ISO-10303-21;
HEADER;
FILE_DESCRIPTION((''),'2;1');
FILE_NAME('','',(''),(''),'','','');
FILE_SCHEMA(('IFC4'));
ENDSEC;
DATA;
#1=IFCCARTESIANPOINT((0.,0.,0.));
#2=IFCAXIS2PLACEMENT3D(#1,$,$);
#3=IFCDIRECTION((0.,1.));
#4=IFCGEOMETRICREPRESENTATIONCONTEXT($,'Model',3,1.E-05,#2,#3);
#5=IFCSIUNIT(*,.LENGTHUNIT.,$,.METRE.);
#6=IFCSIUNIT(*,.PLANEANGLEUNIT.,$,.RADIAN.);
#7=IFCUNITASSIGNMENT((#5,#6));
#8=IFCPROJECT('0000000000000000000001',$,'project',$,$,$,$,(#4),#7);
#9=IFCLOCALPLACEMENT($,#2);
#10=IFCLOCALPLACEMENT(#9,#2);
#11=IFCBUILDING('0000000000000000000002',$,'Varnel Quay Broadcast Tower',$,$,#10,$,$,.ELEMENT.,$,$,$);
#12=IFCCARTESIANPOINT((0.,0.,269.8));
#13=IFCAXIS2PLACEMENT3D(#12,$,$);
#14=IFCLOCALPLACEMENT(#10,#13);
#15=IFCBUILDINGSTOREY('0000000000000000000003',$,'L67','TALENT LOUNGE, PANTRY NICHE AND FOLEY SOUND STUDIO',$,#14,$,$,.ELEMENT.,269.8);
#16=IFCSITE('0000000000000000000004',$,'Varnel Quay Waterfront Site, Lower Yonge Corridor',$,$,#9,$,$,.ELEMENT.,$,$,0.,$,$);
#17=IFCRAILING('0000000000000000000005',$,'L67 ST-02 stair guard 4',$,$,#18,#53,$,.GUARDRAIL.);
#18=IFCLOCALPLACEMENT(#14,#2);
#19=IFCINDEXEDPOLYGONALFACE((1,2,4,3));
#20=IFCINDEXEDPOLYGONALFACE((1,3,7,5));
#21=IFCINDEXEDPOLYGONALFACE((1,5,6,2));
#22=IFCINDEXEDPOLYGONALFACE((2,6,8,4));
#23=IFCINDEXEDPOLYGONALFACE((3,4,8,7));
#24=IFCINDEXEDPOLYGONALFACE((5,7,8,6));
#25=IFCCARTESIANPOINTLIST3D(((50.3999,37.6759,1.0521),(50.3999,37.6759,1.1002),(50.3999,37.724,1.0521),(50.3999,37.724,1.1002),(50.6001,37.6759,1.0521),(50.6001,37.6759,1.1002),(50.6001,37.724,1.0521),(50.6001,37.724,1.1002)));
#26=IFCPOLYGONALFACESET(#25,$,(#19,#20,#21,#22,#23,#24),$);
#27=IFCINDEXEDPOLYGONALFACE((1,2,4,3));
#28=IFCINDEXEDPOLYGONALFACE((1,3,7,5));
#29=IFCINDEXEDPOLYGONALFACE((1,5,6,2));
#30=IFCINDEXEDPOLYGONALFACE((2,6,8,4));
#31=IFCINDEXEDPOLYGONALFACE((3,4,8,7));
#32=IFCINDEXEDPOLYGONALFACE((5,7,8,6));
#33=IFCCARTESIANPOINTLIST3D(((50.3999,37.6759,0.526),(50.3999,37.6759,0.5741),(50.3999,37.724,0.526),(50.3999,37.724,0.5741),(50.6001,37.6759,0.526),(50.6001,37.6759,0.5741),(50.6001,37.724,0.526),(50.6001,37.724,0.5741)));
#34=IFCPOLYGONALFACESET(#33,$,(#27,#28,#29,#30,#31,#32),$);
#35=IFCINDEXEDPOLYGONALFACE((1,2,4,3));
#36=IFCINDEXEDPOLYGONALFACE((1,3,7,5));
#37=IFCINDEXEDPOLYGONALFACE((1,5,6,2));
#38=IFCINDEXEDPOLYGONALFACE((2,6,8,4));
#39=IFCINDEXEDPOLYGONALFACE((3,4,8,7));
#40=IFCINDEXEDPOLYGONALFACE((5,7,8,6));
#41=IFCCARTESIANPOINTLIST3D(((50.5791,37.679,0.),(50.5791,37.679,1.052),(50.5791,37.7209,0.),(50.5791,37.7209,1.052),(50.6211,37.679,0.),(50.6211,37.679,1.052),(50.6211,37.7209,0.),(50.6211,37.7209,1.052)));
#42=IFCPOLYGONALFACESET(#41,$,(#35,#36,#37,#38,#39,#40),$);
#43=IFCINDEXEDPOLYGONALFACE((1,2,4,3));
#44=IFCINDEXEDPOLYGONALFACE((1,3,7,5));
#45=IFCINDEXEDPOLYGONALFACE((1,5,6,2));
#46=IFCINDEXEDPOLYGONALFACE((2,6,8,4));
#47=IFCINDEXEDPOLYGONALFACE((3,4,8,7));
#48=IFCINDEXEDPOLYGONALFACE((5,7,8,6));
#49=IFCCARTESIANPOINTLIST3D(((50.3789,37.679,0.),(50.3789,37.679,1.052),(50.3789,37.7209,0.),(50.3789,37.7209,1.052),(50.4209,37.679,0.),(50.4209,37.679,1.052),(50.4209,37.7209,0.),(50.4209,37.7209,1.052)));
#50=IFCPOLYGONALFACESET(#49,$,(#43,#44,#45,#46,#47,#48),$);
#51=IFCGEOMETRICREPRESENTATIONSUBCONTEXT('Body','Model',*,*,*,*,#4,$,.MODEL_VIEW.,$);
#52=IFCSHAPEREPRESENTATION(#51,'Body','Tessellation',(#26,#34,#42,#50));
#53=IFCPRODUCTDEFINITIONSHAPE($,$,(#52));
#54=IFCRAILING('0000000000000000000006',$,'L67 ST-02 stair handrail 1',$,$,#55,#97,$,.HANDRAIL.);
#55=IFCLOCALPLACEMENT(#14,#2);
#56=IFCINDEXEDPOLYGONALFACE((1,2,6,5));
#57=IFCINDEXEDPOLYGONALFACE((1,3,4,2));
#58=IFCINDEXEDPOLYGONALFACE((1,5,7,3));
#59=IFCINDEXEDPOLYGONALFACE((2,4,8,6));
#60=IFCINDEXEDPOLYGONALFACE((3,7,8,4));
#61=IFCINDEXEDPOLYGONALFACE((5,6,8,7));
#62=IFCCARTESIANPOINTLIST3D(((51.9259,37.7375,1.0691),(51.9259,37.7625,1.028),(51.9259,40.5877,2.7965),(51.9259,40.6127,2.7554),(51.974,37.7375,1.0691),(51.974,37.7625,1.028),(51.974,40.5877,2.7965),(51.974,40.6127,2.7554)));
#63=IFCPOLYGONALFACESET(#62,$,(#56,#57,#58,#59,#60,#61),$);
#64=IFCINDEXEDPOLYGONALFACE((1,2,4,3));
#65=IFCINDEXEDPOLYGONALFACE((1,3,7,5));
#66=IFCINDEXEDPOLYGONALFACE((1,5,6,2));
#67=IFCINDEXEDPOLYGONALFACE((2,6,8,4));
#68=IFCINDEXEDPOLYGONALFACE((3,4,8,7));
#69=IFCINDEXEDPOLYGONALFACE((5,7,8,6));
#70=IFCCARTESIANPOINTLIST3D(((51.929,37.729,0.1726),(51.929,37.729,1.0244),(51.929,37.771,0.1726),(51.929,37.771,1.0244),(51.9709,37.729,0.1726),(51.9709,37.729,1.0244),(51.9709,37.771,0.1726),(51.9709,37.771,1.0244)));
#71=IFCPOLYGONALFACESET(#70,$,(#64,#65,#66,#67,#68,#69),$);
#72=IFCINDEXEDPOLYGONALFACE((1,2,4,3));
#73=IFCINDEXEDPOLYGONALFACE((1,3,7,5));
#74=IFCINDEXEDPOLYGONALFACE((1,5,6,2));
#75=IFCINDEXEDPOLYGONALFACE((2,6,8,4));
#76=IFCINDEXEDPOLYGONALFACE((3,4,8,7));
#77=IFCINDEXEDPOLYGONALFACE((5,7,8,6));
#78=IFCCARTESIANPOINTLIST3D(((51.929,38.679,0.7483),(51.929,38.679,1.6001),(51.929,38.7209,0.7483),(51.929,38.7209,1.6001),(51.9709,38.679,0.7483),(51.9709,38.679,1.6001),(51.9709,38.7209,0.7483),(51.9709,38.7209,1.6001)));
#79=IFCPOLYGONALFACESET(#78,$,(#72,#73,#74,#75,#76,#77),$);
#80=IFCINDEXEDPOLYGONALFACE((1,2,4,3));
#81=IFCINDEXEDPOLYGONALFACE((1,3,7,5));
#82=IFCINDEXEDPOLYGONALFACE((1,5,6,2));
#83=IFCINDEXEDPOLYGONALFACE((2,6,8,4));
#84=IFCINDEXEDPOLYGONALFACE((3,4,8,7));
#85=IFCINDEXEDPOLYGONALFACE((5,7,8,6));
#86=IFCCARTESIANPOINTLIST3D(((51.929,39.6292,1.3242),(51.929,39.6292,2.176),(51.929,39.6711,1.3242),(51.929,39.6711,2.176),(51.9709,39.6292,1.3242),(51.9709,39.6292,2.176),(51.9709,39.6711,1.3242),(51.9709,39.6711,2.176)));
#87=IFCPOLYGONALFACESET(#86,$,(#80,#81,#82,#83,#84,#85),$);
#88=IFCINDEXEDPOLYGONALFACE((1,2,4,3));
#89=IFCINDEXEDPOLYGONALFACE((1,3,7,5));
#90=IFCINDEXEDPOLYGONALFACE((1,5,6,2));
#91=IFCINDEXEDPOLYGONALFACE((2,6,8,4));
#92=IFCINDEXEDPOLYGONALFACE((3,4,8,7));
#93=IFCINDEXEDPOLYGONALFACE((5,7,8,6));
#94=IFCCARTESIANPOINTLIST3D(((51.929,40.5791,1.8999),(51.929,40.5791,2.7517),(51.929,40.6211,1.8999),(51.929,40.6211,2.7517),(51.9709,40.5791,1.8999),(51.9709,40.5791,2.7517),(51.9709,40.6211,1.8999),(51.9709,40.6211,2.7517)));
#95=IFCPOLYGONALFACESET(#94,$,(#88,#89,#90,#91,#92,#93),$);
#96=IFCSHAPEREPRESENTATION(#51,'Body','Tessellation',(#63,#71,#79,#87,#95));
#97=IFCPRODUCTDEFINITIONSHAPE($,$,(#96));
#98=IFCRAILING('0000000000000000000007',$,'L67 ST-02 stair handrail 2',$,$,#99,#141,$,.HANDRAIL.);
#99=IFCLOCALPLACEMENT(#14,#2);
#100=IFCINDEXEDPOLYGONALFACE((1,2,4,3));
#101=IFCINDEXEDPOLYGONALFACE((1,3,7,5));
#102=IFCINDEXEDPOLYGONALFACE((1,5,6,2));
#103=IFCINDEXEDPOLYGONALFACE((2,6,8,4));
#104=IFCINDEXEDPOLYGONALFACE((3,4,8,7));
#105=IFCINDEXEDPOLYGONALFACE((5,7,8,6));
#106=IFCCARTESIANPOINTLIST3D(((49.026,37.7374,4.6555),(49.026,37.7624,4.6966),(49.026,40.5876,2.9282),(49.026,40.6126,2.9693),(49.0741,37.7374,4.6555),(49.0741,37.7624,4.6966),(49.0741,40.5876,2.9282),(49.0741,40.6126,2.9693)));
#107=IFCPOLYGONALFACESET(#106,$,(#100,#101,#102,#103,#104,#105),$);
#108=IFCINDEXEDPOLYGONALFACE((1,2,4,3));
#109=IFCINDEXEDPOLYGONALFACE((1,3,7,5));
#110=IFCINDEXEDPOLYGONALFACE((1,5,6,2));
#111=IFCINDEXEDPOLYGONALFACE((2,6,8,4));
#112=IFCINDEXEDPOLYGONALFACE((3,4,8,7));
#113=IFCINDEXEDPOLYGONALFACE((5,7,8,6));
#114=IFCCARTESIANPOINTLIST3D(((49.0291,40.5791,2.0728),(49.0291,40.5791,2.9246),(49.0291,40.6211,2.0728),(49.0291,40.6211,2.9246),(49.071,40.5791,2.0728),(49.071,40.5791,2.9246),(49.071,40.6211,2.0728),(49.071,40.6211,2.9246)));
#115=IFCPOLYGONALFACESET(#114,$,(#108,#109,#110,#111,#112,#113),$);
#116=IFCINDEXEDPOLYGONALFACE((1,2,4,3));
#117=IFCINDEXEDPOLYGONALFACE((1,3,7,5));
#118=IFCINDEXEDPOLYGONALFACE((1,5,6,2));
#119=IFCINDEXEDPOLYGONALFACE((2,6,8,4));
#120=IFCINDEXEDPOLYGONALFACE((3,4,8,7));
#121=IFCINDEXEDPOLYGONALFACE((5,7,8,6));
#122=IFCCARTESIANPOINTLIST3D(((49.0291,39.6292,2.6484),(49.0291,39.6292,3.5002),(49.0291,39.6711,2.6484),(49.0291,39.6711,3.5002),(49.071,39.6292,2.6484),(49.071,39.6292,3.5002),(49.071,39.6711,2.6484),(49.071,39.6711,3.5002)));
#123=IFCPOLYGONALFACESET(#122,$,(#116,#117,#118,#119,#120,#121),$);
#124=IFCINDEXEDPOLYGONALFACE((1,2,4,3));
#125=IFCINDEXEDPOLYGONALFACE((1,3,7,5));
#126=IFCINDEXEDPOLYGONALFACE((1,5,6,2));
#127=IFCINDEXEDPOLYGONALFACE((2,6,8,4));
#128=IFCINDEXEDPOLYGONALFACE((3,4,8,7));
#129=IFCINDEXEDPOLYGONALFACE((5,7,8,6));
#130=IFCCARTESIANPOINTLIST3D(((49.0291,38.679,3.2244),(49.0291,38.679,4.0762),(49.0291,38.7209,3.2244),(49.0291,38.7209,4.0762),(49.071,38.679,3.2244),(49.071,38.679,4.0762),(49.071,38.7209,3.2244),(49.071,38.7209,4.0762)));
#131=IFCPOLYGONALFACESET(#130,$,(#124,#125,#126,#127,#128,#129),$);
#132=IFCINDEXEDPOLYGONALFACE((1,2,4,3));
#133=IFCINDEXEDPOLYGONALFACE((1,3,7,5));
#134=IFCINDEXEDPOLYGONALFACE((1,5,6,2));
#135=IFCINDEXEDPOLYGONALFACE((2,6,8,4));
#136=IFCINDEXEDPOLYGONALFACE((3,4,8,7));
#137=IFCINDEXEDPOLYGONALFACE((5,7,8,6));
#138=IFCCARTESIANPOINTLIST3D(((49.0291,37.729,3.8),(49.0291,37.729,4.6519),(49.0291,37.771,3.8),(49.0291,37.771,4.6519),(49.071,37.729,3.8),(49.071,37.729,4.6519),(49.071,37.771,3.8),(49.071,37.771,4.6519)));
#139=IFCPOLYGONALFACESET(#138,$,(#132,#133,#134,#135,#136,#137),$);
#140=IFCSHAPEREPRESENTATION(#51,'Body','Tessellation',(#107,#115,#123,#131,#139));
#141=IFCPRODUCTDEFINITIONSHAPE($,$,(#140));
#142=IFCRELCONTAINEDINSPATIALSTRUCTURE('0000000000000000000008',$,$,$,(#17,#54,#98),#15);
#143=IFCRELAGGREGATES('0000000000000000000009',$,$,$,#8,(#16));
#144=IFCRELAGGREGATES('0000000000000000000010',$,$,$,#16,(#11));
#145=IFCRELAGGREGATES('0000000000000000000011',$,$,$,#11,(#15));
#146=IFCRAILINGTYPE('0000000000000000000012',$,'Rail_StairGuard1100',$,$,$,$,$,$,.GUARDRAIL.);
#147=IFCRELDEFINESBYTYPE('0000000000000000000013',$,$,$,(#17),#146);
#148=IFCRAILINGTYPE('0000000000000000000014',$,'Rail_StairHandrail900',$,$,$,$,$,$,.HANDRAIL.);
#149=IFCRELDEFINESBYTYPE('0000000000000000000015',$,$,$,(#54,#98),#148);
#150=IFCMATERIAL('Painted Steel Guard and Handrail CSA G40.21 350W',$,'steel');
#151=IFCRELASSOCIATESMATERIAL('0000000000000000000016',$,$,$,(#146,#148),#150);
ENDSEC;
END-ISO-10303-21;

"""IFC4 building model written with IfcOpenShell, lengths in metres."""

from ifc_helpers import new_model, si_unit, direction, frame, origin, origin_2d, place, context, subcontext, project, spatial, rectangle, extrude, material, type_object, element, save


model = new_model("IFC4")

# Units and contexts
model_context = context("Model", 3, precision=1e-05, world=origin(), true_north=direction((0.0, 1.0)))
body_context = subcontext(model_context, "Body", "Model", "MODEL_VIEW")
ifc_project = project(units=[si_unit("LENGTHUNIT", "METRE"), si_unit("PLANEANGLEUNIT", "RADIAN")], contexts=[model_context])

# Site, building, storey
site_placement = place(None, origin())
site = spatial("IfcSite", under=ifc_project, at=site_placement, Name="Varnel Quay Waterfront Site, Lower Yonge Corridor", CompositionType="ELEMENT", RefElevation=0.0)
building_placement = place(site_placement, origin())
building = spatial("IfcBuilding", under=site, at=building_placement, Name="Varnel Quay Broadcast Tower", CompositionType="ELEMENT")
storey_placement = place(building_placement, frame((0.0, 0.0, 269.8)))
storey = spatial("IfcBuildingStorey", under=building, at=storey_placement, Name="L67", Description="TALENT LOUNGE, PANTRY NICHE AND FOLEY SOUND STUDIO", CompositionType="ELEMENT", Elevation=269.8)

# Railings
ifc_material_1 = material(Name="Painted Steel Guard and Handrail CSA G40.21 350W", Category="steel")
railing_type_1 = type_object("IfcRailingType", Name="Rail_StairGuard1100", PredefinedType="GUARDRAIL", material=ifc_material_1)
railing_1_placement = place(storey_placement, frame((50.6001, 37.7, 0.0)))
element("IfcRailing", 1, at=railing_1_placement, inside=storey, type_object=railing_type_1, Name="L67 ST-02 stair guard 4", PredefinedType="GUARDRAIL", context=body_context, shape_type="SweptSolid", body=[
    extrude(rectangle(XDim=0.0481, YDim=0.0481, at=origin_2d()), frame((0.0, 0.0, 1.0762), z_axis=(-1.0, 0.0, 0.0), x_axis=(0.0, -1.0, 0.0)), (0.0, 0.0, 1.0), 0.2002),
    extrude(rectangle(XDim=0.0481, YDim=0.0481, at=origin_2d()), frame((0.0, 0.0, 0.55), z_axis=(-1.0, 0.0, 0.0), x_axis=(0.0, -1.0, 0.0)), (0.0, 0.0, 1.0), 0.2002),
    extrude(rectangle(XDim=0.042, YDim=0.042, at=origin_2d()), origin(), (0.0, 0.0, 1.0), 1.052),
    extrude(rectangle(XDim=0.042, YDim=0.042, at=origin_2d()), frame((-0.2002, 0.0, 0.0)), (0.0, 0.0, 1.0), 1.052),
])
railing_type_2 = type_object("IfcRailingType", Name="Rail_StairHandrail900", PredefinedType="HANDRAIL", material=ifc_material_1)
railing_2_placement = place(storey_placement, frame((51.95, 37.75, 0.1726)))
element("IfcRailing", 2, at=railing_2_placement, inside=storey, type_object=railing_type_2, Name="L67 ST-02 stair handrail 1", PredefinedType="HANDRAIL", context=body_context, shape_type="SweptSolid", body=[
    extrude(rectangle(XDim=0.0481, YDim=0.0481, at=origin_2d()), frame((0.0, 0.0, 0.876), z_axis=(0.0, 0.855203, 0.518294), x_axis=(-1.0, 0.0, 0.0)), (0.0, 0.0, 1.0), 3.3328),
    extrude(rectangle(XDim=0.042, YDim=0.042, at=origin_2d()), origin(), (0.0, 0.0, 1.0), 0.8518),
    extrude(rectangle(XDim=0.042, YDim=0.042, at=origin_2d()), frame((0.0, 0.95, 0.5757)), (0.0, 0.0, 1.0), 0.8518),
    extrude(rectangle(XDim=0.042, YDim=0.042, at=origin_2d()), frame((0.0, 1.9001, 1.1516)), (0.0, 0.0, 1.0), 0.8518),
    extrude(rectangle(XDim=0.042, YDim=0.042, at=origin_2d()), frame((0.0, 2.8501, 1.7273)), (0.0, 0.0, 1.0), 0.8518),
])
railing_3_placement = place(storey_placement, frame((49.05, 40.6001, 2.0728)))
element("IfcRailing", 3, at=railing_3_placement, inside=storey, type_object=railing_type_2, Name="L67 ST-02 stair handrail 2", PredefinedType="HANDRAIL", context=body_context, shape_type="SweptSolid", body=[
    extrude(rectangle(XDim=0.0481, YDim=0.0481, at=origin_2d()), frame((0.0, 0.0, 0.876), z_axis=(0.0, -0.855203, 0.518294), x_axis=(1.0, 0.0, 0.0)), (0.0, 0.0, 1.0), 3.3328),
    extrude(rectangle(XDim=0.042, YDim=0.042, at=origin_2d()), origin(), (0.0, 0.0, 1.0), 0.8518),
    extrude(rectangle(XDim=0.042, YDim=0.042, at=origin_2d()), frame((0.0, -0.95, 0.5757)), (0.0, 0.0, 1.0), 0.8518),
    extrude(rectangle(XDim=0.042, YDim=0.042, at=origin_2d()), frame((0.0, -1.9001, 1.1516)), (0.0, 0.0, 1.0), 0.8518),
    extrude(rectangle(XDim=0.042, YDim=0.042, at=origin_2d()), frame((0.0, -2.8501, 1.7273)), (0.0, 0.0, 1.0), 0.8518),
])

save(model, "model.ifc")
